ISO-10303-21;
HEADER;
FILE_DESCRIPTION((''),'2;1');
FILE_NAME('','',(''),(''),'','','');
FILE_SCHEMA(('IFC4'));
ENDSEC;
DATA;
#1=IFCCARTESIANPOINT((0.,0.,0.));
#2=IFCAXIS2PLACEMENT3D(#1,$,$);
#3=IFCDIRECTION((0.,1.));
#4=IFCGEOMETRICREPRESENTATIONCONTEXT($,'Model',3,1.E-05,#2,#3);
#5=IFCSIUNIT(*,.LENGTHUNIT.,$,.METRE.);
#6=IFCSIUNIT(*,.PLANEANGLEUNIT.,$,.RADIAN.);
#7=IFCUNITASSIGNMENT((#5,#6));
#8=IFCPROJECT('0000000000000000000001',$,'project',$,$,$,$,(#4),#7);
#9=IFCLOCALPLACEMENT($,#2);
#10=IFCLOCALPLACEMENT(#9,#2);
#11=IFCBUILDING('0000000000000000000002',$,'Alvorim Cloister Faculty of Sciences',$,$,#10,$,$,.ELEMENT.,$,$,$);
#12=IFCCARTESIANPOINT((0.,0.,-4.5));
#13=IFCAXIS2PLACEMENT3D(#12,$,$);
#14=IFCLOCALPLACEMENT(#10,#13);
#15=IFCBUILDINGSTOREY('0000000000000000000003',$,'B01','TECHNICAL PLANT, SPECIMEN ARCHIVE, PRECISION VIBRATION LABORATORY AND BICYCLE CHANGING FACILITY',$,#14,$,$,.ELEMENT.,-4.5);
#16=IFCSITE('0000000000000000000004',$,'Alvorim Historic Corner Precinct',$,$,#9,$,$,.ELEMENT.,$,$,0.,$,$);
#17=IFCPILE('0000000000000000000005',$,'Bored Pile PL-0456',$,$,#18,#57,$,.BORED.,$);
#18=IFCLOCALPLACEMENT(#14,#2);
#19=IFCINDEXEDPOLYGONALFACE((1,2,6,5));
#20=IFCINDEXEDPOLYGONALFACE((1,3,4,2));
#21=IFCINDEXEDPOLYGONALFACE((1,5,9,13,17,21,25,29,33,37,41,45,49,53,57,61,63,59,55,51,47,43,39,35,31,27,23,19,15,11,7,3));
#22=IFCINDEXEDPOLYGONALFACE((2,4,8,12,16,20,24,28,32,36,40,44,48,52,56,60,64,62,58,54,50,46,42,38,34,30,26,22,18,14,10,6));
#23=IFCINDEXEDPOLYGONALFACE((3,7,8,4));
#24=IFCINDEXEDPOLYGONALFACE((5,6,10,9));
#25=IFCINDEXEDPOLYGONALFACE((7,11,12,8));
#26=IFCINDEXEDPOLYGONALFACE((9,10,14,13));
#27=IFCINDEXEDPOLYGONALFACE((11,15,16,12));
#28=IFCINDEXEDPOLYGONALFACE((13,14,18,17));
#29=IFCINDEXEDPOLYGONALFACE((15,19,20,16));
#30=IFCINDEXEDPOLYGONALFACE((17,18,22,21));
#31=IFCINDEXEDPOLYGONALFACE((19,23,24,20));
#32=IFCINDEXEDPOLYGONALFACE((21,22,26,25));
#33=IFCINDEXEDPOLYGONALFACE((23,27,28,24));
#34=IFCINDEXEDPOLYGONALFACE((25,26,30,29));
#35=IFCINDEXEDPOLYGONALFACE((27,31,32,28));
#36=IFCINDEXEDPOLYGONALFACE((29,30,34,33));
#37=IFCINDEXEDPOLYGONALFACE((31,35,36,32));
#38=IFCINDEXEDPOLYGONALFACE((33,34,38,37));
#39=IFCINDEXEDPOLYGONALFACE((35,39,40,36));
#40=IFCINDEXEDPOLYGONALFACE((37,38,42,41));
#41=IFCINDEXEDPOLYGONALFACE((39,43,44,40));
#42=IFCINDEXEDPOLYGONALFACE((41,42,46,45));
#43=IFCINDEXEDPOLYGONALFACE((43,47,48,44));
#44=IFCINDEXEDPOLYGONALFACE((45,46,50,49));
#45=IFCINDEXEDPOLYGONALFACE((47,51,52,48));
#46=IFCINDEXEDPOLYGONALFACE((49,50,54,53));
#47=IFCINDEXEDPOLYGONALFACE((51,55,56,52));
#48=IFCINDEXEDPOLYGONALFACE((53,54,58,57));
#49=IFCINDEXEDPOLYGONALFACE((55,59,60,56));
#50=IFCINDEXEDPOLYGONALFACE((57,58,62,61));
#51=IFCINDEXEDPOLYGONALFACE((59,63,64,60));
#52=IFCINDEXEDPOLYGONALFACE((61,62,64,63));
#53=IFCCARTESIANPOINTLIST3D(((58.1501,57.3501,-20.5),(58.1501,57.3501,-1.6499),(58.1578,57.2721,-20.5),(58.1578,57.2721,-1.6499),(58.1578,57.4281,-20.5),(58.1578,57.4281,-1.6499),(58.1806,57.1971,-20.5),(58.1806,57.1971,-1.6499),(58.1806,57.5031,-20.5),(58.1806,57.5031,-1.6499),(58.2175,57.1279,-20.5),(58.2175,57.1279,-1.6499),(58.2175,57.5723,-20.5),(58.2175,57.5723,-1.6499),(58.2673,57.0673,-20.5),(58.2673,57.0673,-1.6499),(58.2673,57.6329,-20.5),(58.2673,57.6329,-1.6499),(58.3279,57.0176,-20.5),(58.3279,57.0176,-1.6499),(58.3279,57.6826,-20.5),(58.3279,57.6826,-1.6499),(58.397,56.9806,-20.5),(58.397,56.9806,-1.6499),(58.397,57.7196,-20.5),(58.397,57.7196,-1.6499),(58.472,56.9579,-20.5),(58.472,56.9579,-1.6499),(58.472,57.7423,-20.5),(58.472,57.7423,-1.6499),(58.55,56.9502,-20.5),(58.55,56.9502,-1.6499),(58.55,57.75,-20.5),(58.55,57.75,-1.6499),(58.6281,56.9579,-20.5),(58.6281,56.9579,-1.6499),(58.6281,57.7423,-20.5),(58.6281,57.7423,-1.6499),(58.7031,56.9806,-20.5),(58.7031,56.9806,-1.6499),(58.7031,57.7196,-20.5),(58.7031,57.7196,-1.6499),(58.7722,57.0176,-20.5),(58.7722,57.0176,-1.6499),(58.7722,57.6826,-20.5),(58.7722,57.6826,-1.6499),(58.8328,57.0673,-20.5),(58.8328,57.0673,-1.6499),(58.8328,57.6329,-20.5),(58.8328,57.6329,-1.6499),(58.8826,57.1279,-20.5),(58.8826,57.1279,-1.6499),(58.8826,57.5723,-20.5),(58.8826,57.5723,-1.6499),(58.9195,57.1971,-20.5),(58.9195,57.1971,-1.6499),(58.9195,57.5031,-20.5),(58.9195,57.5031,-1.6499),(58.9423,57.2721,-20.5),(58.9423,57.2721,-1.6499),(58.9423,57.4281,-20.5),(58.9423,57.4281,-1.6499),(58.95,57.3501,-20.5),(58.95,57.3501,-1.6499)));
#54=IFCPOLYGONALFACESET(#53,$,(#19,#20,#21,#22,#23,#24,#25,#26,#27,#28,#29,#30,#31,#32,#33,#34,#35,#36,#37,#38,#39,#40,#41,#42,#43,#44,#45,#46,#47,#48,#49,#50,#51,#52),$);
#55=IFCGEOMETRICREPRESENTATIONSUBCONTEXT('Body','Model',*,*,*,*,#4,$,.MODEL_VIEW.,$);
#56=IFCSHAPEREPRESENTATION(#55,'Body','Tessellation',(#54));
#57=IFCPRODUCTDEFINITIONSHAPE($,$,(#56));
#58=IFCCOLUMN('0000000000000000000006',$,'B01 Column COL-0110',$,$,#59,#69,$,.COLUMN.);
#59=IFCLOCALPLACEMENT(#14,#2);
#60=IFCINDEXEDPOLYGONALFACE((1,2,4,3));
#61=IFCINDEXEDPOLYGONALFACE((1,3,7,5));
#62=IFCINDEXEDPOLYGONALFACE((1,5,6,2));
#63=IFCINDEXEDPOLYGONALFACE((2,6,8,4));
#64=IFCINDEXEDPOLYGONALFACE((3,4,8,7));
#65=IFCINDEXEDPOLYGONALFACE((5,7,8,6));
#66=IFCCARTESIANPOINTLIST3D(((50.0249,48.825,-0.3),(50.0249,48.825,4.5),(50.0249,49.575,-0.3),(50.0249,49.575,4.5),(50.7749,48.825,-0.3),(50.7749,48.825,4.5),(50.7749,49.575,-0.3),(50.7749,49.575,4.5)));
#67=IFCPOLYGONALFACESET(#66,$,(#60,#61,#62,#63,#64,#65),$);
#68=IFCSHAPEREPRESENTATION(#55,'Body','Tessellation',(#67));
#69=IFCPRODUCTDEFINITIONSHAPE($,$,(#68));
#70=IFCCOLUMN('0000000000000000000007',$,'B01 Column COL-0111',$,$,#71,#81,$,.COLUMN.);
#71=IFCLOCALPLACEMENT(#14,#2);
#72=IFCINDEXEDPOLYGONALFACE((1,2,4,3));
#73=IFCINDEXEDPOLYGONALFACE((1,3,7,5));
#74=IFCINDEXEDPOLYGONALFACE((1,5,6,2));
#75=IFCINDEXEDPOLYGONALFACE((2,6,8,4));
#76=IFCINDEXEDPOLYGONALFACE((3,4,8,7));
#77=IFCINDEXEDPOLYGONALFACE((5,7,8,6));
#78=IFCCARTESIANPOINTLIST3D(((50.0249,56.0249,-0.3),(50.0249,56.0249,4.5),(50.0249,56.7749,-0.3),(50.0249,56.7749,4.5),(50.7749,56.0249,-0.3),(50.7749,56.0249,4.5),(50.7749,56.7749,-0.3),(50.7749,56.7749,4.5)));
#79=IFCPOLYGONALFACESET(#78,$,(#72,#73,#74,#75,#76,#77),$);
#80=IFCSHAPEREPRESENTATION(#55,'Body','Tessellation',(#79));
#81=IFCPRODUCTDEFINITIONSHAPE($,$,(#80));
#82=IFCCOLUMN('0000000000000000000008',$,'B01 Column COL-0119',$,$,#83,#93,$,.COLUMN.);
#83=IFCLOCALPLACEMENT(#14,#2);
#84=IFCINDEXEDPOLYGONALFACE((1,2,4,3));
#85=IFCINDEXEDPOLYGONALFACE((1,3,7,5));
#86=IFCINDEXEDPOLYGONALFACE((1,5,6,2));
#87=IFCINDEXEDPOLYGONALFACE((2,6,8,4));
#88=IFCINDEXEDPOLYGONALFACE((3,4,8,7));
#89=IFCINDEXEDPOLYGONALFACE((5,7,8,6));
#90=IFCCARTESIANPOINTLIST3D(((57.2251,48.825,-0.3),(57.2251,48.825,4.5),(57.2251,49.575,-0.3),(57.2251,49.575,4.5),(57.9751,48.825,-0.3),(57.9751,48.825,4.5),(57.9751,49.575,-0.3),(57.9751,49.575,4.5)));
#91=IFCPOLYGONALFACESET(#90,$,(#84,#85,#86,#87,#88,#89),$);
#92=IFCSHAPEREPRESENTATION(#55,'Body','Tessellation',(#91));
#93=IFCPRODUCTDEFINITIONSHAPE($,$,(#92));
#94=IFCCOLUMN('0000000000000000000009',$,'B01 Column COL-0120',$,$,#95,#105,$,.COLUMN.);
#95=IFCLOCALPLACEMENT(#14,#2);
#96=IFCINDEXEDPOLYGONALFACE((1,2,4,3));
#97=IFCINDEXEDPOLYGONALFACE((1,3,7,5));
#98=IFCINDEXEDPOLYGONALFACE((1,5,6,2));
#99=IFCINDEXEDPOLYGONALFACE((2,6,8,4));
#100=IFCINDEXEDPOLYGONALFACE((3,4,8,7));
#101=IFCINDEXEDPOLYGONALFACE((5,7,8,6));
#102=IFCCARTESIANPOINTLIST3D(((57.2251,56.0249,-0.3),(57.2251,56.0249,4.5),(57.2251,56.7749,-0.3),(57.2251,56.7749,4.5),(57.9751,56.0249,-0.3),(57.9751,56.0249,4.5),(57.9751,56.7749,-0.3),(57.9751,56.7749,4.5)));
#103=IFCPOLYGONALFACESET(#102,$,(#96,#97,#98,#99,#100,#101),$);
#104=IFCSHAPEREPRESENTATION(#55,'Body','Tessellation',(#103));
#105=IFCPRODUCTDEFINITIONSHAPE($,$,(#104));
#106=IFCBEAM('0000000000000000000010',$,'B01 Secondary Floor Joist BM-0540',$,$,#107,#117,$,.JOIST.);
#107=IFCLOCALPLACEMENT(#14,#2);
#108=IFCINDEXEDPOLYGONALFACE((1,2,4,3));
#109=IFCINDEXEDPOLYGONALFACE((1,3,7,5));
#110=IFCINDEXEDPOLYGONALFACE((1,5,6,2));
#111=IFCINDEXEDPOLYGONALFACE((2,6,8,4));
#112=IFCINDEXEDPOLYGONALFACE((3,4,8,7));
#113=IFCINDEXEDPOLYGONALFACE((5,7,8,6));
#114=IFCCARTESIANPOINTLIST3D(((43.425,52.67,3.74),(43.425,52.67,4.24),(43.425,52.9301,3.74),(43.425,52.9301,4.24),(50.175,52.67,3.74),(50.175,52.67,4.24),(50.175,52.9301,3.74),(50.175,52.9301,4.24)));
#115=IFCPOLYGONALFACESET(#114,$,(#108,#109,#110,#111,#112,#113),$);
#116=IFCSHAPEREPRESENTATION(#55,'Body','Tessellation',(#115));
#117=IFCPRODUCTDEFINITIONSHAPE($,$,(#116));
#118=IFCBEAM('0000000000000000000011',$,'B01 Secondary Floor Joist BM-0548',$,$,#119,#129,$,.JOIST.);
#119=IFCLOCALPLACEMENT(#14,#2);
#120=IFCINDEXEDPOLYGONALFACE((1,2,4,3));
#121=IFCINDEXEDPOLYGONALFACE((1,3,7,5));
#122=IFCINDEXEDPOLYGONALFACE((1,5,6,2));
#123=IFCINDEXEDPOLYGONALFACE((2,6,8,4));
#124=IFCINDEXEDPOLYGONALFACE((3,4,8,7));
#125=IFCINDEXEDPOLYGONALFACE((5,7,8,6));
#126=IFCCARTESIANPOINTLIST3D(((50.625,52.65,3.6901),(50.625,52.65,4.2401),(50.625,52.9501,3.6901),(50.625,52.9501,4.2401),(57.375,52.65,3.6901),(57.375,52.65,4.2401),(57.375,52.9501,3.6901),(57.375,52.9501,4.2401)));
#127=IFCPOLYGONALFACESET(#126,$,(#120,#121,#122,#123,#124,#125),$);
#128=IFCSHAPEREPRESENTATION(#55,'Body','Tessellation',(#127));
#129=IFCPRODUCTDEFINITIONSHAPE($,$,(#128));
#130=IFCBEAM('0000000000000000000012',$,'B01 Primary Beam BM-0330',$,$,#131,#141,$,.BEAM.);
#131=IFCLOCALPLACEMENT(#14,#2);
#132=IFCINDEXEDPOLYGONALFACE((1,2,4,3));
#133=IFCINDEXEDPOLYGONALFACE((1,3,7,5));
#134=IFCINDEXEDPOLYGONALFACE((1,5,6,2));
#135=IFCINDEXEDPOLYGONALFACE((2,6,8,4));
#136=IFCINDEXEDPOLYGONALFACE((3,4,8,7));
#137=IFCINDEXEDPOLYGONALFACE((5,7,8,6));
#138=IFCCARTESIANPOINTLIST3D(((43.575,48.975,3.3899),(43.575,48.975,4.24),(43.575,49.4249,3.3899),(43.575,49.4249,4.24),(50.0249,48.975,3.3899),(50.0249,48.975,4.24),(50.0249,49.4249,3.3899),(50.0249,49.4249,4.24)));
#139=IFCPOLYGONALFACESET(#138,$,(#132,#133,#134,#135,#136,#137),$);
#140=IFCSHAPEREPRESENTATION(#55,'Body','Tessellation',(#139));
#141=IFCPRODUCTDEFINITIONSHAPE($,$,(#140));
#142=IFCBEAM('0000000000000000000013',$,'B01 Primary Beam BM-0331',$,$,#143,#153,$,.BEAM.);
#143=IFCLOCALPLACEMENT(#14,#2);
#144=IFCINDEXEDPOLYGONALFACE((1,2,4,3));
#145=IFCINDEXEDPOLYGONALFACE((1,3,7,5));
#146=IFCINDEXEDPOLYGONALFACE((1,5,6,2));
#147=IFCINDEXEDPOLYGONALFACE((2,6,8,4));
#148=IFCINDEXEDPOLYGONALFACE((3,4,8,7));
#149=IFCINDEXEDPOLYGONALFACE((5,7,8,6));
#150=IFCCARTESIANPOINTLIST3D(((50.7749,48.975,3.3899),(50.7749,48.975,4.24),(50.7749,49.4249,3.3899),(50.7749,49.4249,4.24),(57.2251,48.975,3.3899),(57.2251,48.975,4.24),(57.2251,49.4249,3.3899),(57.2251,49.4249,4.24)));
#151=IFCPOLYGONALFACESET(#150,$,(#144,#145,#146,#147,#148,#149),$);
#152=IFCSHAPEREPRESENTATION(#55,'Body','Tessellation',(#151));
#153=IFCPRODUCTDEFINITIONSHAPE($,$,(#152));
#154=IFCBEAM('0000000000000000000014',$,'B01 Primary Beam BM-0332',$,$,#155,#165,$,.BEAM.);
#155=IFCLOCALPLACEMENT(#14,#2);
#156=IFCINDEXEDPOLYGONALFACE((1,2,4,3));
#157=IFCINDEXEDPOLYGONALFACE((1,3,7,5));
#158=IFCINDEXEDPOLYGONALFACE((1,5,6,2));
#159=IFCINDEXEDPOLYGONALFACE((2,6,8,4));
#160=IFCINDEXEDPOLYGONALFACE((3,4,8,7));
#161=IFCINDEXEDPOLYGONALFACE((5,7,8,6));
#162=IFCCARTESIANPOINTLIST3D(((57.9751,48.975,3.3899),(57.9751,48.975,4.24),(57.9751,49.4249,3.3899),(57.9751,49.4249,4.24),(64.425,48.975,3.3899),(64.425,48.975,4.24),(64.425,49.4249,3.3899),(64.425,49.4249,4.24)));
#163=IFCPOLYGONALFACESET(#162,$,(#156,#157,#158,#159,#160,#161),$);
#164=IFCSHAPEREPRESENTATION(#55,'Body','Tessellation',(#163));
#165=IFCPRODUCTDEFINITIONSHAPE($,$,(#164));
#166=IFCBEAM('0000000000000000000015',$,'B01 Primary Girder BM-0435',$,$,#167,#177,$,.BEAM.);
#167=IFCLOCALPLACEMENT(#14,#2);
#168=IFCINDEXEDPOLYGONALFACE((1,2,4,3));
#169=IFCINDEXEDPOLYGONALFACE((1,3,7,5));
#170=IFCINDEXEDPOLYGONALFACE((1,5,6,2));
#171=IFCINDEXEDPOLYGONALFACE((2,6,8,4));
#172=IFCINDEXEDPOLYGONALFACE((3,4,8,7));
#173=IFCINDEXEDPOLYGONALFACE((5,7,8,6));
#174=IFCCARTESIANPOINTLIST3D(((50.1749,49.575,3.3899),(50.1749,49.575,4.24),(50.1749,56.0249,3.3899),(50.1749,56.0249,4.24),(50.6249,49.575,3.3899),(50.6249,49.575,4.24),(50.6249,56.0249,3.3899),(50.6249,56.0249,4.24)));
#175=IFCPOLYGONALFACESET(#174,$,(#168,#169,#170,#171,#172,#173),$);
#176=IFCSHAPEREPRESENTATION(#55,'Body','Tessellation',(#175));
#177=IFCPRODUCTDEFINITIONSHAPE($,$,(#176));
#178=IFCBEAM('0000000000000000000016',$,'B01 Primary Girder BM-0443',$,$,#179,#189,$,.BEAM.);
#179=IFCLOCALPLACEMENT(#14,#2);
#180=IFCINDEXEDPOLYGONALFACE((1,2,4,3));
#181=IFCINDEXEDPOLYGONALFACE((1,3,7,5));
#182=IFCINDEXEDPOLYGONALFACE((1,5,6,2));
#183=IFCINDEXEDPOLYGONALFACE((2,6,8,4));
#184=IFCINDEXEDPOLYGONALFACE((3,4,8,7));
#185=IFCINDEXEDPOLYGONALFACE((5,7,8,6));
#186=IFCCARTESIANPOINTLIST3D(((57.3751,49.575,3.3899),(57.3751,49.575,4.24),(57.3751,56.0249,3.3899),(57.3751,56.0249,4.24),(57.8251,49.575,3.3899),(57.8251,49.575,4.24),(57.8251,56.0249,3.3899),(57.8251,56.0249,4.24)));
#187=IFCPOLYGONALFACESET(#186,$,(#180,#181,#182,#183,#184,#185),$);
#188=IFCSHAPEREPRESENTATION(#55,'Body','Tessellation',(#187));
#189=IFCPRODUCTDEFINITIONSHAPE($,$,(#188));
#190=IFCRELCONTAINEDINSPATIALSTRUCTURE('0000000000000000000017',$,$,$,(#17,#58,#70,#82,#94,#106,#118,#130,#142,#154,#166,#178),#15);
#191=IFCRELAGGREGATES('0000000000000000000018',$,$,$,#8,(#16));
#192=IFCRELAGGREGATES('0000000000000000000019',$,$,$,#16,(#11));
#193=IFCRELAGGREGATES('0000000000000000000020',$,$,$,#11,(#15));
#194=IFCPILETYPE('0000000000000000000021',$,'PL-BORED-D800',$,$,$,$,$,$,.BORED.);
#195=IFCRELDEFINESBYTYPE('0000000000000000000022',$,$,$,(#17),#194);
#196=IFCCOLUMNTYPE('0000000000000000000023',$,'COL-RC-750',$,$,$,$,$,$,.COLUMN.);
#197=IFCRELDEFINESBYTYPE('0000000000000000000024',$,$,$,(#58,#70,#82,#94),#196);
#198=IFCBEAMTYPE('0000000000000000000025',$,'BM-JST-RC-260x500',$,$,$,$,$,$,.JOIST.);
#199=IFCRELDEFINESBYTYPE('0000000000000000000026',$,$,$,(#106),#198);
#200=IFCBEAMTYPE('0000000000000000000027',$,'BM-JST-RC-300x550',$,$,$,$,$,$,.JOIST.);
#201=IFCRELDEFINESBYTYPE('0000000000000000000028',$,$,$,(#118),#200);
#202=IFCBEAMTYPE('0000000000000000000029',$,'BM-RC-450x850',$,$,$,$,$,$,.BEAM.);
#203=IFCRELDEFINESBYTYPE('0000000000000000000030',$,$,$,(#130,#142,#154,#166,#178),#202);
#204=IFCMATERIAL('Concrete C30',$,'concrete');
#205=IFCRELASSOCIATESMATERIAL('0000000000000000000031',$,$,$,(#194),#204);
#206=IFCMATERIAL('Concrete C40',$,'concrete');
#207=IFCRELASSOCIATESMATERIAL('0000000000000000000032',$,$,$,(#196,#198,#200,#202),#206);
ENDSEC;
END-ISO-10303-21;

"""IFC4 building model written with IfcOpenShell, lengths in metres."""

from ifc_helpers import new_model, si_unit, direction, frame, origin, origin_2d, place, context, subcontext, project, spatial, rectangle, circle, extrude, material, material_profile, profile_set, type_object, element, save


model = new_model("IFC4")

# Units and contexts
model_context = context("Model", 3, precision=1e-05, world=origin(), true_north=direction((0.0, 1.0)))
body_context = subcontext(model_context, "Body", "Model", "MODEL_VIEW")
ifc_project = project(units=[si_unit("LENGTHUNIT", "METRE"), si_unit("PLANEANGLEUNIT", "RADIAN")], contexts=[model_context])

# Site, building, storey
site_placement = place(None, origin())
site = spatial("IfcSite", under=ifc_project, at=site_placement, Name="Alvorim Historic Corner Precinct", CompositionType="ELEMENT", RefElevation=0.0)
building_placement = place(site_placement, origin())
building = spatial("IfcBuilding", under=site, at=building_placement, Name="Alvorim Cloister Faculty of Sciences", CompositionType="ELEMENT")
storey_placement = place(building_placement, frame((0.0, 0.0, -4.5)))
storey = spatial("IfcBuildingStorey", under=building, at=storey_placement, Name="B01", Description="TECHNICAL PLANT, SPECIMEN ARCHIVE, PRECISION VIBRATION LABORATORY AND BICYCLE CHANGING FACILITY", CompositionType="ELEMENT", Elevation=-4.5)

# Shared definitions
ifc_material_1 = material(Name="Concrete C40", Category="concrete")

# Pile
ifc_material_2 = material(Name="Concrete C30", Category="concrete")
ifc_material_profile_1 = material_profile(ifc_material_2, circle(Radius=0.3999, at=origin_2d()), Name="PILE-D800")
ifc_profile_set_1 = profile_set([ifc_material_profile_1], Name="Concrete C30")
pile_type = type_object("IfcPileType", Name="PL-BORED-D800", PredefinedType="BORED", material=ifc_profile_set_1)
for number, where, z_axis, x_axis, name in (
    (1, (58.55, 57.3501, -1.6499), (0.0, 0.0, -1.0), (1.0, 0.0, 0.0), "Bored Pile PL-0456"),
):
    element("IfcPile", number, at=place(storey_placement, frame(where, z_axis=z_axis, x_axis=x_axis)), inside=storey, type_object=pile_type, Name=name, PredefinedType="BORED", context=body_context, shape_type="SweptSolid", body=[
        extrude(circle(Radius=0.3999, at=origin_2d()), origin(), (0.0, 0.0, 1.0), 18.8501),
    ])

# Columns
ifc_material_profile_2 = material_profile(ifc_material_1, rectangle(XDim=0.75, YDim=0.75, at=origin_2d()), Name="RC40-COL-750x750")
ifc_profile_set_2 = profile_set([ifc_material_profile_2], Name="Concrete C40")
column_type = type_object("IfcColumnType", Name="COL-RC-750", PredefinedType="COLUMN", material=ifc_profile_set_2)
for number, where, z_axis, x_axis, name in (
    (2, (50.3999, 49.2, -0.3), (0.0, 0.0, 1.0), (1.0, 0.0, 0.0), "B01 Column COL-0110"),
    (3, (50.3999, 56.3999, -0.3), (0.0, 0.0, 1.0), (1.0, 0.0, 0.0), "B01 Column COL-0111"),
    (4, (57.6001, 49.2, -0.3), (0.0, 0.0, 1.0), (1.0, 0.0, 0.0), "B01 Column COL-0119"),
    (5, (57.6001, 56.3999, -0.3), (0.0, 0.0, 1.0), (1.0, 0.0, 0.0), "B01 Column COL-0120"),
):
    element("IfcColumn", number, at=place(storey_placement, frame(where, z_axis=z_axis, x_axis=x_axis)), inside=storey, type_object=column_type, Name=name, PredefinedType="COLUMN", context=body_context, shape_type="SweptSolid", body=[
        extrude(rectangle(XDim=0.75, YDim=0.75, at=origin_2d()), origin(), (0.0, 0.0, 1.0), 4.8),
    ])

# Beams
ifc_material_profile_3 = material_profile(ifc_material_1, rectangle(XDim=0.26, YDim=0.5, at=origin_2d()), Name="RC40-JST-260x500")
ifc_profile_set_3 = profile_set([ifc_material_profile_3], Name="Concrete C40")
beam_type_1 = type_object("IfcBeamType", Name="BM-JST-RC-260x500", PredefinedType="JOIST", material=ifc_profile_set_3)
beam_1_placement = place(storey_placement, frame((43.425, 52.8, 3.99), z_axis=(1.0, 0.0, 0.0), x_axis=(0.0, 1.0, 0.0)))
element("IfcBeam", 6, at=beam_1_placement, inside=storey, type_object=beam_type_1, Name="B01 Secondary Floor Joist BM-0540", PredefinedType="JOIST", context=body_context, shape_type="SweptSolid", body=[
    extrude(rectangle(XDim=0.26, YDim=0.5, at=origin_2d()), origin(), (0.0, 0.0, 1.0), 6.75),
])
ifc_material_profile_4 = material_profile(ifc_material_1, rectangle(XDim=0.3, YDim=0.55, at=origin_2d()), Name="RC40-JST-300x550")
ifc_profile_set_4 = profile_set([ifc_material_profile_4], Name="Concrete C40")
beam_type_2 = type_object("IfcBeamType", Name="BM-JST-RC-300x550", PredefinedType="JOIST", material=ifc_profile_set_4)
beam_2_placement = place(storey_placement, frame((50.625, 52.8, 3.9651), z_axis=(1.0, 0.0, 0.0), x_axis=(0.0, 1.0, 0.0)))
element("IfcBeam", 7, at=beam_2_placement, inside=storey, type_object=beam_type_2, Name="B01 Secondary Floor Joist BM-0548", PredefinedType="JOIST", context=body_context, shape_type="SweptSolid", body=[
    extrude(rectangle(XDim=0.3, YDim=0.55, at=origin_2d()), origin(), (0.0, 0.0, 1.0), 6.75),
])
ifc_material_profile_5 = material_profile(ifc_material_1, rectangle(XDim=0.45, YDim=0.8501, at=origin_2d()), Name="RC40-BM-450x850")
ifc_profile_set_5 = profile_set([ifc_material_profile_5], Name="Concrete C40")
beam_type_3 = type_object("IfcBeamType", Name="BM-RC-450x850", PredefinedType="BEAM", material=ifc_profile_set_5)
beam_3_placement = place(storey_placement, frame((43.575, 49.2, 3.8149), z_axis=(1.0, 0.0, 0.0), x_axis=(0.0, 1.0, 0.0)))
element("IfcBeam", 8, at=beam_3_placement, inside=storey, type_object=beam_type_3, Name="B01 Primary Beam BM-0330", PredefinedType="BEAM", context=body_context, shape_type="SweptSolid", body=[
    extrude(rectangle(XDim=0.45, YDim=0.8501, at=origin_2d()), origin(), (0.0, 0.0, 1.0), 6.45),
])
beam_4_placement = place(storey_placement, frame((50.7749, 49.2, 3.8149), z_axis=(1.0, 0.0, 0.0), x_axis=(0.0, 1.0, 0.0)))
element("IfcBeam", 9, at=beam_4_placement, inside=storey, type_object=beam_type_3, Name="B01 Primary Beam BM-0331", PredefinedType="BEAM", context=body_context, shape_type="SweptSolid", body=[
    extrude(rectangle(XDim=0.45, YDim=0.8501, at=origin_2d()), origin(), (0.0, 0.0, 1.0), 6.4502),
])
for number, where, z_axis, x_axis, name in (
    (10, (57.9751, 49.2, 3.8149), (1.0, 0.0, 0.0), (0.0, 1.0, 0.0), "B01 Primary Beam BM-0332"),
    (11, (50.3999, 49.575, 3.8149), (0.0, 1.0, 0.0), (-1.0, 0.0, 0.0), "B01 Primary Girder BM-0435"),
    (12, (57.6001, 49.575, 3.8149), (0.0, 1.0, 0.0), (-1.0, 0.0, 0.0), "B01 Primary Girder BM-0443"),
):
    element("IfcBeam", number, at=place(storey_placement, frame(where, z_axis=z_axis, x_axis=x_axis)), inside=storey, type_object=beam_type_3, Name=name, PredefinedType="BEAM", context=body_context, shape_type="SweptSolid", body=[
        extrude(rectangle(XDim=0.45, YDim=0.8501, at=origin_2d()), origin(), (0.0, 0.0, 1.0), 6.45),
    ])

save(model, "model.ifc")
